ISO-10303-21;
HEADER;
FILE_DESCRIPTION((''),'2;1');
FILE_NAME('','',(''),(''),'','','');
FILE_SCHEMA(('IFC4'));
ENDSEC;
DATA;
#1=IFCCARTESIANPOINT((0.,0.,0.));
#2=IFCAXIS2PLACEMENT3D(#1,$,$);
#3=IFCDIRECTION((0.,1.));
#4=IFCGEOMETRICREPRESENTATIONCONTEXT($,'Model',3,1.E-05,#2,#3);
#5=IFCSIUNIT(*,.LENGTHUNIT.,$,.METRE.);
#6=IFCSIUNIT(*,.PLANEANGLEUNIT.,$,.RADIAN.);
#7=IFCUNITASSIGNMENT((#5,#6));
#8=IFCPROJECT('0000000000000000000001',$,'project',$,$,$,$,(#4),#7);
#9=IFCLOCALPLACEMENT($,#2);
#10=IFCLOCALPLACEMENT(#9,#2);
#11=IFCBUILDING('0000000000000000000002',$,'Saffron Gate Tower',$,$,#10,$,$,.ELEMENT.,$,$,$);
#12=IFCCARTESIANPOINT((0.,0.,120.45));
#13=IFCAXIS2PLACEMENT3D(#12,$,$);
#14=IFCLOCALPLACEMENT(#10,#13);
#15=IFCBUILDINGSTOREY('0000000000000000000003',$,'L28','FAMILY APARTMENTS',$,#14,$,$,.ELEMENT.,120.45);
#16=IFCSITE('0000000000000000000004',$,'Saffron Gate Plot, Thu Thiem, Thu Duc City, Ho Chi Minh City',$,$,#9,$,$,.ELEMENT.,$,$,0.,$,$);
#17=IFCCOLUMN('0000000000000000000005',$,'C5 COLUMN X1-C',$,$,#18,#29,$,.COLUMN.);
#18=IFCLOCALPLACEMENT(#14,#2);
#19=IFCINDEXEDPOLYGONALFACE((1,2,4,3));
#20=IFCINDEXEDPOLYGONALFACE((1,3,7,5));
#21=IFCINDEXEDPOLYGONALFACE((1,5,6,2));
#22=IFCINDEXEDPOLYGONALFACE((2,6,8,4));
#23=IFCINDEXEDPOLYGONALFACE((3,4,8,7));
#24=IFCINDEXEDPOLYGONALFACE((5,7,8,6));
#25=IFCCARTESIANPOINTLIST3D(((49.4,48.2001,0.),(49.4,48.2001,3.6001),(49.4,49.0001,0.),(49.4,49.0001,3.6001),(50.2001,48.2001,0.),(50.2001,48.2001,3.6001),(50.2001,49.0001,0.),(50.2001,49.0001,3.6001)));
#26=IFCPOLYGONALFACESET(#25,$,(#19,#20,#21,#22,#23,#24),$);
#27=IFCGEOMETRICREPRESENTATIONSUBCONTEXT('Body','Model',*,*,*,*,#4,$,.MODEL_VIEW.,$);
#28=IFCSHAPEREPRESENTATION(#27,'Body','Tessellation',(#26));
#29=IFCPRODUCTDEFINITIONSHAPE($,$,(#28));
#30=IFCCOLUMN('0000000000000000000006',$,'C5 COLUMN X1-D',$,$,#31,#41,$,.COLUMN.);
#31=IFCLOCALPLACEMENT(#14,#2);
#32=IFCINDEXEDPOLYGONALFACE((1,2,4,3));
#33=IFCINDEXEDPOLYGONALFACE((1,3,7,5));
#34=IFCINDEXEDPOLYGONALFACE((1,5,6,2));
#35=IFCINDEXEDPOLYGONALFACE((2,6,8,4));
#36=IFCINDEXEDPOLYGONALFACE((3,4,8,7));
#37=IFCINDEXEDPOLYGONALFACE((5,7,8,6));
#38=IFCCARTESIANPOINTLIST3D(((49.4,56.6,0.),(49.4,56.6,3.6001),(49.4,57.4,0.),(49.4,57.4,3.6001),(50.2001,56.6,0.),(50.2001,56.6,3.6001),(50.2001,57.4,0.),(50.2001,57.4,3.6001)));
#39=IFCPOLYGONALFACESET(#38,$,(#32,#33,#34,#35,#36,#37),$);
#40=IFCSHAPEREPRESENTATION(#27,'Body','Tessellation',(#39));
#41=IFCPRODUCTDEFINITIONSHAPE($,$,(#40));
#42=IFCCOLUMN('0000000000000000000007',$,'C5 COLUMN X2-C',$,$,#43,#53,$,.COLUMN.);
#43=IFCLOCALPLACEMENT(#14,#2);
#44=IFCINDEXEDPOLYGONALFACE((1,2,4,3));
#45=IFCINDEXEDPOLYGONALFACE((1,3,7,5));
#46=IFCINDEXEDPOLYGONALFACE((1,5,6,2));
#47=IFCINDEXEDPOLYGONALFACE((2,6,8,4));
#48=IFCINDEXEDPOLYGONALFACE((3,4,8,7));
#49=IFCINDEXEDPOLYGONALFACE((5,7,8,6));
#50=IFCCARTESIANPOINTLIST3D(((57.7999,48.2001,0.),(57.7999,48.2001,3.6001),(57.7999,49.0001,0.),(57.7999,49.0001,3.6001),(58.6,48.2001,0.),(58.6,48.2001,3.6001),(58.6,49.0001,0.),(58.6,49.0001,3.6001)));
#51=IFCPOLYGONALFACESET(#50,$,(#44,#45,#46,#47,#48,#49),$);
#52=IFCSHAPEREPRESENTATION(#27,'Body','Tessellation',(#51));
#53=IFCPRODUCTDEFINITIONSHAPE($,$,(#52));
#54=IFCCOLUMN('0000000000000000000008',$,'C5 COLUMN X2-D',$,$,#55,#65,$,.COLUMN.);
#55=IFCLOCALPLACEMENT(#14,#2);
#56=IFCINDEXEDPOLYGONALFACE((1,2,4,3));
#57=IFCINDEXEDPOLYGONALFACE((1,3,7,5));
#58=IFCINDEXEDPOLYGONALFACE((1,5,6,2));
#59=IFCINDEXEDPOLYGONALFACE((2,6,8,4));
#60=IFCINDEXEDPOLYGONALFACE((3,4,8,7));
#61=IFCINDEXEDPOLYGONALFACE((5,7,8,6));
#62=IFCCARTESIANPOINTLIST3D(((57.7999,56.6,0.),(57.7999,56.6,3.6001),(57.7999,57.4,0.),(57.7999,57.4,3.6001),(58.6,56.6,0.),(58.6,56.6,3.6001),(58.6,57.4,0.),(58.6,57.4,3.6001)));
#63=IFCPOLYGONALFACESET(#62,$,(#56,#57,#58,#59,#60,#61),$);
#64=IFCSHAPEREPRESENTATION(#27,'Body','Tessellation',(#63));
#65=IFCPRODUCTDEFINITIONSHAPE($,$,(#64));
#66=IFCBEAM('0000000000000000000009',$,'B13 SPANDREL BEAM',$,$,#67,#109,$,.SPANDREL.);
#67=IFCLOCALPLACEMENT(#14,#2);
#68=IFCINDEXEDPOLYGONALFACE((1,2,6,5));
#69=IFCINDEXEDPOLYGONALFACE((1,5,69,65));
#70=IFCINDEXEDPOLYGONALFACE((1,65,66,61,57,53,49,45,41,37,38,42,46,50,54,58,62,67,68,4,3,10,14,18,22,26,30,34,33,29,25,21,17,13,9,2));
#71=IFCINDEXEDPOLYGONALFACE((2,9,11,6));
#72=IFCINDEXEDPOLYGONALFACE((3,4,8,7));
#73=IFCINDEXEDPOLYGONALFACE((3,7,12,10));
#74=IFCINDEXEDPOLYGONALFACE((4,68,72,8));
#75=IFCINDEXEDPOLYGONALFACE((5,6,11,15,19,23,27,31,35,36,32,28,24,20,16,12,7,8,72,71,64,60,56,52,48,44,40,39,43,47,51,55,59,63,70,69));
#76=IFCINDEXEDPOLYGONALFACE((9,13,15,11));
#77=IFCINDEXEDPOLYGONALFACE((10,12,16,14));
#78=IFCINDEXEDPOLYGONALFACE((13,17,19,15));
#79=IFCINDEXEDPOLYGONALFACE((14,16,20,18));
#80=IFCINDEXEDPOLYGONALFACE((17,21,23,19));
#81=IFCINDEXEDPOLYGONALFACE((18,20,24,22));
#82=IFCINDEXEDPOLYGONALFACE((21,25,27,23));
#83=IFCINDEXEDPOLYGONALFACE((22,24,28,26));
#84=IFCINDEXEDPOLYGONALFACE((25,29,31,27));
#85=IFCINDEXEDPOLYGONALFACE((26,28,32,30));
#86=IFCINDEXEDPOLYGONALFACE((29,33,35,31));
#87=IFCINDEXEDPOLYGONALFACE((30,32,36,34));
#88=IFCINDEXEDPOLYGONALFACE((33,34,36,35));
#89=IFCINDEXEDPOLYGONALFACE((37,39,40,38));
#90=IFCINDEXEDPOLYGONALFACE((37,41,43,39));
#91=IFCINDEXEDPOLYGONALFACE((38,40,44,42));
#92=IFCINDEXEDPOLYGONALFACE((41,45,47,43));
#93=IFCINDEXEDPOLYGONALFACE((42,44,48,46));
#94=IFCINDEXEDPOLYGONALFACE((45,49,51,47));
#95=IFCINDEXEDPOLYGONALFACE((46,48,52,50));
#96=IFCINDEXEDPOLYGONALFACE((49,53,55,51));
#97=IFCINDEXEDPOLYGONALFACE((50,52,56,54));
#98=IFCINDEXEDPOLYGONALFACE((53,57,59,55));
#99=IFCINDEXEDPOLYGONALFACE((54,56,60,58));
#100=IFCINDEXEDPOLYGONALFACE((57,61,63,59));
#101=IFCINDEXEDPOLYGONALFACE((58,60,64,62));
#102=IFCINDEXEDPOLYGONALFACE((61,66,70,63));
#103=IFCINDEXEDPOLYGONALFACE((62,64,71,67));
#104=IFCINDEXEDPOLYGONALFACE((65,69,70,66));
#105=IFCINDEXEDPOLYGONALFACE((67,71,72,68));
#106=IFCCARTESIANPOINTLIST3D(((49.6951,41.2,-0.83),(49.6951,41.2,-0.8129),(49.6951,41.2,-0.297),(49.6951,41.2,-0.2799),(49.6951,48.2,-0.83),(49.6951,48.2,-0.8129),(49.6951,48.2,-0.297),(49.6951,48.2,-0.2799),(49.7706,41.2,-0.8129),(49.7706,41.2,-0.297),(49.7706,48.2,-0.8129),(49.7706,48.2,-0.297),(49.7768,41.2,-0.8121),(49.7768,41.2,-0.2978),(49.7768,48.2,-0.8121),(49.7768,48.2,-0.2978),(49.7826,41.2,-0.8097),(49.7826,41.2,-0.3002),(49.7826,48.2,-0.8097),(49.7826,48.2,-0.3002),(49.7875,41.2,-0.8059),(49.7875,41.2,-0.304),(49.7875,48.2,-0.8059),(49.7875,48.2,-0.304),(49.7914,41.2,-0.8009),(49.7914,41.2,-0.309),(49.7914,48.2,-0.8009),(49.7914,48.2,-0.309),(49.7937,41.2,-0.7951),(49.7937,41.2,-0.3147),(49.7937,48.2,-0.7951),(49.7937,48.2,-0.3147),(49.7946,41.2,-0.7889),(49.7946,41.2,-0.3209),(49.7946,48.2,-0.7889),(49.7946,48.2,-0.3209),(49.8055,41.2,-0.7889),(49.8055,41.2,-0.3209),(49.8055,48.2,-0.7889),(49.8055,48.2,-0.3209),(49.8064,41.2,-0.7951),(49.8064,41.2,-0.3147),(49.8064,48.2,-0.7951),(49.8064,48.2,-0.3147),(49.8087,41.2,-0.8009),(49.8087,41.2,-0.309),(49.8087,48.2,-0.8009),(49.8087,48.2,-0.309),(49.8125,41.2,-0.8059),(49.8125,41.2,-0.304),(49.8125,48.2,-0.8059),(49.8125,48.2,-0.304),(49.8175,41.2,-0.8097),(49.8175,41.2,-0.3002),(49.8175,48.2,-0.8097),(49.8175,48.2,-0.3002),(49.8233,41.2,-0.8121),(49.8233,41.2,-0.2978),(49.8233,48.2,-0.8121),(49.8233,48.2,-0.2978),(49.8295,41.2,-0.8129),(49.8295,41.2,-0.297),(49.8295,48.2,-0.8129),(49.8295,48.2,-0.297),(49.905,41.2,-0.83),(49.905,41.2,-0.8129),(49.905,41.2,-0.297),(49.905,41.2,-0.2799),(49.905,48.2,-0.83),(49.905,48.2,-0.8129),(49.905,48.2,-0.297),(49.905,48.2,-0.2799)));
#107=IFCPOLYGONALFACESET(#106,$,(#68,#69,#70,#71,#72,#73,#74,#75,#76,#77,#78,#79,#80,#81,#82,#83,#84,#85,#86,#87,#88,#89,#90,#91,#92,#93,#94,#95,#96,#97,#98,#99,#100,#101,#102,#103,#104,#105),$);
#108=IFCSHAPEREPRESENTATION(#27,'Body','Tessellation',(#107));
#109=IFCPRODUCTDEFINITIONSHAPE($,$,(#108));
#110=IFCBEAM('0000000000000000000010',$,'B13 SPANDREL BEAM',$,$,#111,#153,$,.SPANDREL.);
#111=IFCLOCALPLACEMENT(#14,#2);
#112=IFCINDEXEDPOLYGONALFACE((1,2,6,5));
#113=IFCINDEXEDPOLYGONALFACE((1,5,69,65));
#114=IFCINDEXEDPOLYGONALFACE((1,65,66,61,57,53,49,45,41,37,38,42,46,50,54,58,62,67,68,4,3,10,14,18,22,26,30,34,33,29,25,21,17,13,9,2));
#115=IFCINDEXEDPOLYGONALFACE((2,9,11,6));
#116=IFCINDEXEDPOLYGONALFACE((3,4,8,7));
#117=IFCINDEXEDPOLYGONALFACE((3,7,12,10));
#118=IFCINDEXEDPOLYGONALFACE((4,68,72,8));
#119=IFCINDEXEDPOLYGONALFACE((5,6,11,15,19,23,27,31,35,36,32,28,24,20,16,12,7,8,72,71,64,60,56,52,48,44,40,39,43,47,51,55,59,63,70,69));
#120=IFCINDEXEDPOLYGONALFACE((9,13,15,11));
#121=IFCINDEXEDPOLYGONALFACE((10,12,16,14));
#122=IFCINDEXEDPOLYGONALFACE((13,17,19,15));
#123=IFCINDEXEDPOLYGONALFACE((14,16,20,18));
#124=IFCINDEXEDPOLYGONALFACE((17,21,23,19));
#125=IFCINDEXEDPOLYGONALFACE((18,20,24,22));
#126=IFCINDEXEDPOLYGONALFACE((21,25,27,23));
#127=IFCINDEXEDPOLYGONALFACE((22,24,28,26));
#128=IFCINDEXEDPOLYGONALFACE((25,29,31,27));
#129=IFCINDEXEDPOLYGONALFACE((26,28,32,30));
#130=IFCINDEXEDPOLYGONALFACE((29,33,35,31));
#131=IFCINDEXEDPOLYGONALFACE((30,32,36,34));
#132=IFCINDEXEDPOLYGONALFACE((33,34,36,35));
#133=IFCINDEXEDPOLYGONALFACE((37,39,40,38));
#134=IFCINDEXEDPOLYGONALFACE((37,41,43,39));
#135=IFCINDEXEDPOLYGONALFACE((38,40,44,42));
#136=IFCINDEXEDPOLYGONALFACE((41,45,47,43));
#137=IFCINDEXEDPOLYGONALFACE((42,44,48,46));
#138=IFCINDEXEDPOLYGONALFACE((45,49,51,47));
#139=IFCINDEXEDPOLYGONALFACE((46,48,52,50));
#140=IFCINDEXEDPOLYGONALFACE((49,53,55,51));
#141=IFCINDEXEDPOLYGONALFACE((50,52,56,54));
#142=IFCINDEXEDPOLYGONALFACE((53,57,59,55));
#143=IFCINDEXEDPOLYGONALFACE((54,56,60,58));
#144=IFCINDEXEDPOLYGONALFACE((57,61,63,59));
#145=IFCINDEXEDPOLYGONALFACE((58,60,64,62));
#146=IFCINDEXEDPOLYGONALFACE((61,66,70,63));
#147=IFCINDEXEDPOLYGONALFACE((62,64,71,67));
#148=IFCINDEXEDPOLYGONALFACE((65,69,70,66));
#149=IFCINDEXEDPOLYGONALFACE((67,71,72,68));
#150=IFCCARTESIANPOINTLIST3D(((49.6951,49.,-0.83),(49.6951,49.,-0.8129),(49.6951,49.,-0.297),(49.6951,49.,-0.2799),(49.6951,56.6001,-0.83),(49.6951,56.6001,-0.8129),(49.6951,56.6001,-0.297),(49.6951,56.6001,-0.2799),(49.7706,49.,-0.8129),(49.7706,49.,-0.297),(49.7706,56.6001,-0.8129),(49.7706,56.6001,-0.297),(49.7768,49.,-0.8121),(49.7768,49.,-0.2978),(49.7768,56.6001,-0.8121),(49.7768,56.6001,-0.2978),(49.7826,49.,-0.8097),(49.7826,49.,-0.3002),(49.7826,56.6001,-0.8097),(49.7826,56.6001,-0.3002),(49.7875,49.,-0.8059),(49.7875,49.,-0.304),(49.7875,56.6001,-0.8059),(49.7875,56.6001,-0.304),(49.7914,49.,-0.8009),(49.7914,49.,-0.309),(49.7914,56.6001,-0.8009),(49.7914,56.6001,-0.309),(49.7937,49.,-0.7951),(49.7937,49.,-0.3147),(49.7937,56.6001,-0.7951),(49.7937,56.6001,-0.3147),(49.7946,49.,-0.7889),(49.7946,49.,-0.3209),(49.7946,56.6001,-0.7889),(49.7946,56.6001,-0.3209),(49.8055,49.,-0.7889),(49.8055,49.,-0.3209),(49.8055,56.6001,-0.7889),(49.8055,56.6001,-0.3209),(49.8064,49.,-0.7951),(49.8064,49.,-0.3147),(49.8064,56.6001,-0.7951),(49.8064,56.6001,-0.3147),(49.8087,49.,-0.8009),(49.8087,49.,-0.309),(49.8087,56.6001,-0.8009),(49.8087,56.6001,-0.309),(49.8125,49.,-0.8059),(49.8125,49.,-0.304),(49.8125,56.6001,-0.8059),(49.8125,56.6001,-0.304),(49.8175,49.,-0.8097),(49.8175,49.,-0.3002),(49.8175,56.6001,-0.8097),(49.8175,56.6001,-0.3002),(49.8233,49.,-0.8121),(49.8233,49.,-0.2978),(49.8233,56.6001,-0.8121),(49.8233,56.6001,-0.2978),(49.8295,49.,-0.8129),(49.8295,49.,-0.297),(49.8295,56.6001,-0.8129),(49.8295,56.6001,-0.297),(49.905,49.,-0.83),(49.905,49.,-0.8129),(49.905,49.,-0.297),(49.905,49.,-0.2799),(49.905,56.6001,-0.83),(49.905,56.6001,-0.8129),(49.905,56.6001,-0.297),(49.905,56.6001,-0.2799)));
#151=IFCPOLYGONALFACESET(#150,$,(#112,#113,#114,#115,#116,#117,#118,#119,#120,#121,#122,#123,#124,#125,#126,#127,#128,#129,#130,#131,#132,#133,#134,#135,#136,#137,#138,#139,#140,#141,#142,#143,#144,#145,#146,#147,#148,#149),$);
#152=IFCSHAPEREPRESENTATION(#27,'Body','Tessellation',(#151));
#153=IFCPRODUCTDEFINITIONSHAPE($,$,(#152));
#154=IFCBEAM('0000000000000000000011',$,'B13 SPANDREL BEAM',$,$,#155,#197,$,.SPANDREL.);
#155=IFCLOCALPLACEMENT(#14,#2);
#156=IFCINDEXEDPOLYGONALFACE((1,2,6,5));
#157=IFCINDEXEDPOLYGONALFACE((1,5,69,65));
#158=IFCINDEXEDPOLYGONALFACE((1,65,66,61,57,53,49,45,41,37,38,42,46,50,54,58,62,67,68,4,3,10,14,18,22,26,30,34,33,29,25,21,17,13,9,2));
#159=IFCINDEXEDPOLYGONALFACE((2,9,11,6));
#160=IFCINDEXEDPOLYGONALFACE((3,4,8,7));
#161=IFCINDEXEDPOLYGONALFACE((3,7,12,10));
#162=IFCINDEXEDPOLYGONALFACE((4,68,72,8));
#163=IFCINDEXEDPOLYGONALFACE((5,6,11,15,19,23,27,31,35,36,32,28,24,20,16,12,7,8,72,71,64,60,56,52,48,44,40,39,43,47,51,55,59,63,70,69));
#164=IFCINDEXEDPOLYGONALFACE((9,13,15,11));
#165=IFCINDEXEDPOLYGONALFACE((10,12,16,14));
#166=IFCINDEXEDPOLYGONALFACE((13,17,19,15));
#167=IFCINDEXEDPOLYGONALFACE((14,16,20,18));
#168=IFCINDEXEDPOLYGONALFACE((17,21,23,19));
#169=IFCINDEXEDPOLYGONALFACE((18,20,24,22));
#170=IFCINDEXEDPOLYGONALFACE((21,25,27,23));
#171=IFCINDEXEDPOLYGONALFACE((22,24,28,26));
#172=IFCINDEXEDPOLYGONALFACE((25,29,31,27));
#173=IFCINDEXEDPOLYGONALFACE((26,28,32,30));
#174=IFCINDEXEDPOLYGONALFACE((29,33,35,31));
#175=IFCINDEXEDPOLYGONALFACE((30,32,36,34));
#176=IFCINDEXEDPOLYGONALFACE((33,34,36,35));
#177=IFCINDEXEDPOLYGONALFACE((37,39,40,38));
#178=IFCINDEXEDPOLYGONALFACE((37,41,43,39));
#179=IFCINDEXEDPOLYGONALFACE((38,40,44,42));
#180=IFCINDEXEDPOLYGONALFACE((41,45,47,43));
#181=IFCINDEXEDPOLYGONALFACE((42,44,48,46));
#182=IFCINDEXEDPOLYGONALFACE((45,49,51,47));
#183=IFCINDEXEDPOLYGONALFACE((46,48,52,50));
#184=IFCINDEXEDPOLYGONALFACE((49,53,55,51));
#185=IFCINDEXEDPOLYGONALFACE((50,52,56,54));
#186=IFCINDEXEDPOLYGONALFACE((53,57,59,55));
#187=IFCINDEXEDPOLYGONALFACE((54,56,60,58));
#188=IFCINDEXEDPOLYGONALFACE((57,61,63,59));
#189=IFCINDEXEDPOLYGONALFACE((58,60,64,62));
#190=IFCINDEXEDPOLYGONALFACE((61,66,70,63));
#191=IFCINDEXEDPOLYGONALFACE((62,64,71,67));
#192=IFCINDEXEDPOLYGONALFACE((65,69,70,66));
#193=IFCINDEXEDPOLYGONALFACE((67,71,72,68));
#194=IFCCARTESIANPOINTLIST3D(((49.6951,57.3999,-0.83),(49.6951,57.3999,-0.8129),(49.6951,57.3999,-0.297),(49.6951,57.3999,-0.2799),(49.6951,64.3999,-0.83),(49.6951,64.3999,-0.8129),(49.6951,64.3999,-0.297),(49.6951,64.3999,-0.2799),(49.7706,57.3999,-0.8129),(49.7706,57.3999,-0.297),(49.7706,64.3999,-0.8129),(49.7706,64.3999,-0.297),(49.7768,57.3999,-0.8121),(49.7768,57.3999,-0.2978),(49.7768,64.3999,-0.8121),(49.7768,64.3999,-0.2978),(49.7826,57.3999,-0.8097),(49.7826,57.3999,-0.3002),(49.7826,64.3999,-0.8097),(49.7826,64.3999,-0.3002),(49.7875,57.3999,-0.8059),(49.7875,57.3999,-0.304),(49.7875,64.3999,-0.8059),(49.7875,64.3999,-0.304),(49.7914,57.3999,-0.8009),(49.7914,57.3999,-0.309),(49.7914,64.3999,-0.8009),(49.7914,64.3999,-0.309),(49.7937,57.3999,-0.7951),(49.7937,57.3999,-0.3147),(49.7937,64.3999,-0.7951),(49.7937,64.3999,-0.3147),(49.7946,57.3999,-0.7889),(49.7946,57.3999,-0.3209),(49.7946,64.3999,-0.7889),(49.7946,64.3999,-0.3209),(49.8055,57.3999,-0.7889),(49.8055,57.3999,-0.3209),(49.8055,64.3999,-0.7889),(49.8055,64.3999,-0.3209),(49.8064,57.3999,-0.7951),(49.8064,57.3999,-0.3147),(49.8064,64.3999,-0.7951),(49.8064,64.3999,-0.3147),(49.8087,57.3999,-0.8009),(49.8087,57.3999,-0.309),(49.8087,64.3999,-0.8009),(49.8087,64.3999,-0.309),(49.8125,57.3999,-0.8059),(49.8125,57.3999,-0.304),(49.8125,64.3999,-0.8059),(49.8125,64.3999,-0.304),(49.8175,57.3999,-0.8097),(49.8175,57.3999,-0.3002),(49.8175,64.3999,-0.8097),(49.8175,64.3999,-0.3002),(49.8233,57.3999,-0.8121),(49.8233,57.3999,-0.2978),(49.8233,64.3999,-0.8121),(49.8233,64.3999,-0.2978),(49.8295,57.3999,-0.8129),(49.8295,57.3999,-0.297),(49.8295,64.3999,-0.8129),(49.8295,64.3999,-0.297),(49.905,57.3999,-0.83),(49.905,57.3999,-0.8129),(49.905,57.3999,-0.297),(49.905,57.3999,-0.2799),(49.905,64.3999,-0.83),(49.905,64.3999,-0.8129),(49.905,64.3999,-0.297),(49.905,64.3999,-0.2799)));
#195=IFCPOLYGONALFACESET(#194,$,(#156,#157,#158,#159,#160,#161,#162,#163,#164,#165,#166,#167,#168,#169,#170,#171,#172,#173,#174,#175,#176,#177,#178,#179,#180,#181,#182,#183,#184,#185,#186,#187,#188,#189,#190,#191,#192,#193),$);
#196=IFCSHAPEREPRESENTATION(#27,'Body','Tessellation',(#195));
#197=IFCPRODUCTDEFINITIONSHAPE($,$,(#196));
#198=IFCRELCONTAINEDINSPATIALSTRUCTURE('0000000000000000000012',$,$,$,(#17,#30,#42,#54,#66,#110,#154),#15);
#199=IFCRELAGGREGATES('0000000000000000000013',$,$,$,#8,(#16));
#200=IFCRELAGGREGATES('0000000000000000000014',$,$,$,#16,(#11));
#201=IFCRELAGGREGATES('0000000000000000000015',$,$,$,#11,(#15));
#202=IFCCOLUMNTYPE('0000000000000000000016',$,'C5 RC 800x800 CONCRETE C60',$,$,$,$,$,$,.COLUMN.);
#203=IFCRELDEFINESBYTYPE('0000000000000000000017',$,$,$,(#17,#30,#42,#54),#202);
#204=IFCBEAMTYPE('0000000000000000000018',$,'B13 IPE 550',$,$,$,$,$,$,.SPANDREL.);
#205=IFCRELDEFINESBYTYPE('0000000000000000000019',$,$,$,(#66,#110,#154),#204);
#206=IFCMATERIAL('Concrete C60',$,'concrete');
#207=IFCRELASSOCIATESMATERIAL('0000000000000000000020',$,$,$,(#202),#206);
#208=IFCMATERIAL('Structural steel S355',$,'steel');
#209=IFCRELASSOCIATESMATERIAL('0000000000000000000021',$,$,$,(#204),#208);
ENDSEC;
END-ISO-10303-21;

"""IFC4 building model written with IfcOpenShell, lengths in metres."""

from ifc_helpers import new_model, si_unit, direction, frame, origin, origin_2d, place, context, subcontext, project, spatial, rectangle, i_section, extrude, material, material_profile, profile_set, type_object, element, save


model = new_model("IFC4")

# Units and contexts
model_context = context("Model", 3, precision=1e-05, world=origin(), true_north=direction((0.0, 1.0)))
body_context = subcontext(model_context, "Body", "Model", "MODEL_VIEW")
ifc_project = project(units=[si_unit("LENGTHUNIT", "METRE"), si_unit("PLANEANGLEUNIT", "RADIAN")], contexts=[model_context])

# Site, building, storey
site_placement = place(None, origin())
site = spatial("IfcSite", under=ifc_project, at=site_placement, Name="Saffron Gate Plot, Thu Thiem, Thu Duc City, Ho Chi Minh City", CompositionType="ELEMENT", RefElevation=0.0)
building_placement = place(site_placement, origin())
building = spatial("IfcBuilding", under=site, at=building_placement, Name="Saffron Gate Tower", CompositionType="ELEMENT")
storey_placement = place(building_placement, frame((0.0, 0.0, 120.45)))
storey = spatial("IfcBuildingStorey", under=building, at=storey_placement, Name="L28", Description="FAMILY APARTMENTS", CompositionType="ELEMENT", Elevation=120.45)

# Columns
ifc_material_1 = material(Name="Concrete C60", Category="concrete")
ifc_material_profile_1 = material_profile(ifc_material_1, rectangle(XDim=0.8, YDim=0.8, at=origin_2d()))
ifc_profile_set_1 = profile_set([ifc_material_profile_1], Name="Concrete C60")
column_type = type_object("IfcColumnType", Name="C5 RC 800x800 CONCRETE C60", PredefinedType="COLUMN", material=ifc_profile_set_1)
for number, where, z_axis, x_axis, name in (
    (1, (49.8, 48.6001, 0.0), (0.0, 0.0, 1.0), (1.0, 0.0, 0.0), "C5 COLUMN X1-C"),
    (2, (49.8, 57.0, 0.0), (0.0, 0.0, 1.0), (1.0, 0.0, 0.0), "C5 COLUMN X1-D"),
    (3, (58.2, 48.6001, 0.0), (0.0, 0.0, 1.0), (1.0, 0.0, 0.0), "C5 COLUMN X2-C"),
    (4, (58.2, 57.0, 0.0), (0.0, 0.0, 1.0), (1.0, 0.0, 0.0), "C5 COLUMN X2-D"),
):
    element("IfcColumn", number, at=place(storey_placement, frame(where, z_axis=z_axis, x_axis=x_axis)), inside=storey, type_object=column_type, Name=name, PredefinedType="COLUMN", context=body_context, shape_type="SweptSolid", body=[
        extrude(rectangle(XDim=0.8, YDim=0.8, at=origin_2d()), origin(), (0.0, 0.0, 1.0), 3.6001),
    ])

# Beams
ifc_material_2 = material(Name="Structural steel S355", Category="steel")
ifc_material_profile_2 = material_profile(ifc_material_2, i_section(OverallWidth=0.21, OverallDepth=0.55, WebThickness=0.011, FlangeThickness=0.0171, FilletRadius=0.0239, at=origin_2d()))
ifc_profile_set_2 = profile_set([ifc_material_profile_2], Name="Structural steel S355")
beam_type = type_object("IfcBeamType", Name="B13 IPE 550", PredefinedType="SPANDREL", material=ifc_profile_set_2)
beam_1_placement = place(storey_placement, frame((49.8, 41.2, -0.5549), z_axis=(0.0, 1.0, 0.0), x_axis=(-1.0, 0.0, 0.0)))
element("IfcBeam", 5, at=beam_1_placement, inside=storey, type_object=beam_type, Name="B13 SPANDREL BEAM", PredefinedType="SPANDREL", context=body_context, shape_type="SweptSolid", body=[
    extrude(i_section(OverallWidth=0.21, OverallDepth=0.55, WebThickness=0.011, FlangeThickness=0.0171, FilletRadius=0.0239, at=origin_2d()), origin(), (0.0, 0.0, 1.0), 7.0),
])
beam_2_placement = place(storey_placement, frame((49.8, 49.0, -0.5549), z_axis=(0.0, 1.0, 0.0), x_axis=(-1.0, 0.0, 0.0)))
element("IfcBeam", 6, at=beam_2_placement, inside=storey, type_object=beam_type, Name="B13 SPANDREL BEAM", PredefinedType="SPANDREL", context=body_context, shape_type="SweptSolid", body=[
    extrude(i_section(OverallWidth=0.21, OverallDepth=0.55, WebThickness=0.011, FlangeThickness=0.0171, FilletRadius=0.0239, at=origin_2d()), origin(), (0.0, 0.0, 1.0), 7.6001),
])
beam_3_placement = place(storey_placement, frame((49.8, 57.3999, -0.5549), z_axis=(0.0, 1.0, 0.0), x_axis=(-1.0, 0.0, 0.0)))
element("IfcBeam", 7, at=beam_3_placement, inside=storey, type_object=beam_type, Name="B13 SPANDREL BEAM", PredefinedType="SPANDREL", context=body_context, shape_type="SweptSolid", body=[
    extrude(i_section(OverallWidth=0.21, OverallDepth=0.55, WebThickness=0.011, FlangeThickness=0.0171, FilletRadius=0.0239, at=origin_2d()), origin(), (0.0, 0.0, 1.0), 7.0),
])

save(model, "model.ifc")
